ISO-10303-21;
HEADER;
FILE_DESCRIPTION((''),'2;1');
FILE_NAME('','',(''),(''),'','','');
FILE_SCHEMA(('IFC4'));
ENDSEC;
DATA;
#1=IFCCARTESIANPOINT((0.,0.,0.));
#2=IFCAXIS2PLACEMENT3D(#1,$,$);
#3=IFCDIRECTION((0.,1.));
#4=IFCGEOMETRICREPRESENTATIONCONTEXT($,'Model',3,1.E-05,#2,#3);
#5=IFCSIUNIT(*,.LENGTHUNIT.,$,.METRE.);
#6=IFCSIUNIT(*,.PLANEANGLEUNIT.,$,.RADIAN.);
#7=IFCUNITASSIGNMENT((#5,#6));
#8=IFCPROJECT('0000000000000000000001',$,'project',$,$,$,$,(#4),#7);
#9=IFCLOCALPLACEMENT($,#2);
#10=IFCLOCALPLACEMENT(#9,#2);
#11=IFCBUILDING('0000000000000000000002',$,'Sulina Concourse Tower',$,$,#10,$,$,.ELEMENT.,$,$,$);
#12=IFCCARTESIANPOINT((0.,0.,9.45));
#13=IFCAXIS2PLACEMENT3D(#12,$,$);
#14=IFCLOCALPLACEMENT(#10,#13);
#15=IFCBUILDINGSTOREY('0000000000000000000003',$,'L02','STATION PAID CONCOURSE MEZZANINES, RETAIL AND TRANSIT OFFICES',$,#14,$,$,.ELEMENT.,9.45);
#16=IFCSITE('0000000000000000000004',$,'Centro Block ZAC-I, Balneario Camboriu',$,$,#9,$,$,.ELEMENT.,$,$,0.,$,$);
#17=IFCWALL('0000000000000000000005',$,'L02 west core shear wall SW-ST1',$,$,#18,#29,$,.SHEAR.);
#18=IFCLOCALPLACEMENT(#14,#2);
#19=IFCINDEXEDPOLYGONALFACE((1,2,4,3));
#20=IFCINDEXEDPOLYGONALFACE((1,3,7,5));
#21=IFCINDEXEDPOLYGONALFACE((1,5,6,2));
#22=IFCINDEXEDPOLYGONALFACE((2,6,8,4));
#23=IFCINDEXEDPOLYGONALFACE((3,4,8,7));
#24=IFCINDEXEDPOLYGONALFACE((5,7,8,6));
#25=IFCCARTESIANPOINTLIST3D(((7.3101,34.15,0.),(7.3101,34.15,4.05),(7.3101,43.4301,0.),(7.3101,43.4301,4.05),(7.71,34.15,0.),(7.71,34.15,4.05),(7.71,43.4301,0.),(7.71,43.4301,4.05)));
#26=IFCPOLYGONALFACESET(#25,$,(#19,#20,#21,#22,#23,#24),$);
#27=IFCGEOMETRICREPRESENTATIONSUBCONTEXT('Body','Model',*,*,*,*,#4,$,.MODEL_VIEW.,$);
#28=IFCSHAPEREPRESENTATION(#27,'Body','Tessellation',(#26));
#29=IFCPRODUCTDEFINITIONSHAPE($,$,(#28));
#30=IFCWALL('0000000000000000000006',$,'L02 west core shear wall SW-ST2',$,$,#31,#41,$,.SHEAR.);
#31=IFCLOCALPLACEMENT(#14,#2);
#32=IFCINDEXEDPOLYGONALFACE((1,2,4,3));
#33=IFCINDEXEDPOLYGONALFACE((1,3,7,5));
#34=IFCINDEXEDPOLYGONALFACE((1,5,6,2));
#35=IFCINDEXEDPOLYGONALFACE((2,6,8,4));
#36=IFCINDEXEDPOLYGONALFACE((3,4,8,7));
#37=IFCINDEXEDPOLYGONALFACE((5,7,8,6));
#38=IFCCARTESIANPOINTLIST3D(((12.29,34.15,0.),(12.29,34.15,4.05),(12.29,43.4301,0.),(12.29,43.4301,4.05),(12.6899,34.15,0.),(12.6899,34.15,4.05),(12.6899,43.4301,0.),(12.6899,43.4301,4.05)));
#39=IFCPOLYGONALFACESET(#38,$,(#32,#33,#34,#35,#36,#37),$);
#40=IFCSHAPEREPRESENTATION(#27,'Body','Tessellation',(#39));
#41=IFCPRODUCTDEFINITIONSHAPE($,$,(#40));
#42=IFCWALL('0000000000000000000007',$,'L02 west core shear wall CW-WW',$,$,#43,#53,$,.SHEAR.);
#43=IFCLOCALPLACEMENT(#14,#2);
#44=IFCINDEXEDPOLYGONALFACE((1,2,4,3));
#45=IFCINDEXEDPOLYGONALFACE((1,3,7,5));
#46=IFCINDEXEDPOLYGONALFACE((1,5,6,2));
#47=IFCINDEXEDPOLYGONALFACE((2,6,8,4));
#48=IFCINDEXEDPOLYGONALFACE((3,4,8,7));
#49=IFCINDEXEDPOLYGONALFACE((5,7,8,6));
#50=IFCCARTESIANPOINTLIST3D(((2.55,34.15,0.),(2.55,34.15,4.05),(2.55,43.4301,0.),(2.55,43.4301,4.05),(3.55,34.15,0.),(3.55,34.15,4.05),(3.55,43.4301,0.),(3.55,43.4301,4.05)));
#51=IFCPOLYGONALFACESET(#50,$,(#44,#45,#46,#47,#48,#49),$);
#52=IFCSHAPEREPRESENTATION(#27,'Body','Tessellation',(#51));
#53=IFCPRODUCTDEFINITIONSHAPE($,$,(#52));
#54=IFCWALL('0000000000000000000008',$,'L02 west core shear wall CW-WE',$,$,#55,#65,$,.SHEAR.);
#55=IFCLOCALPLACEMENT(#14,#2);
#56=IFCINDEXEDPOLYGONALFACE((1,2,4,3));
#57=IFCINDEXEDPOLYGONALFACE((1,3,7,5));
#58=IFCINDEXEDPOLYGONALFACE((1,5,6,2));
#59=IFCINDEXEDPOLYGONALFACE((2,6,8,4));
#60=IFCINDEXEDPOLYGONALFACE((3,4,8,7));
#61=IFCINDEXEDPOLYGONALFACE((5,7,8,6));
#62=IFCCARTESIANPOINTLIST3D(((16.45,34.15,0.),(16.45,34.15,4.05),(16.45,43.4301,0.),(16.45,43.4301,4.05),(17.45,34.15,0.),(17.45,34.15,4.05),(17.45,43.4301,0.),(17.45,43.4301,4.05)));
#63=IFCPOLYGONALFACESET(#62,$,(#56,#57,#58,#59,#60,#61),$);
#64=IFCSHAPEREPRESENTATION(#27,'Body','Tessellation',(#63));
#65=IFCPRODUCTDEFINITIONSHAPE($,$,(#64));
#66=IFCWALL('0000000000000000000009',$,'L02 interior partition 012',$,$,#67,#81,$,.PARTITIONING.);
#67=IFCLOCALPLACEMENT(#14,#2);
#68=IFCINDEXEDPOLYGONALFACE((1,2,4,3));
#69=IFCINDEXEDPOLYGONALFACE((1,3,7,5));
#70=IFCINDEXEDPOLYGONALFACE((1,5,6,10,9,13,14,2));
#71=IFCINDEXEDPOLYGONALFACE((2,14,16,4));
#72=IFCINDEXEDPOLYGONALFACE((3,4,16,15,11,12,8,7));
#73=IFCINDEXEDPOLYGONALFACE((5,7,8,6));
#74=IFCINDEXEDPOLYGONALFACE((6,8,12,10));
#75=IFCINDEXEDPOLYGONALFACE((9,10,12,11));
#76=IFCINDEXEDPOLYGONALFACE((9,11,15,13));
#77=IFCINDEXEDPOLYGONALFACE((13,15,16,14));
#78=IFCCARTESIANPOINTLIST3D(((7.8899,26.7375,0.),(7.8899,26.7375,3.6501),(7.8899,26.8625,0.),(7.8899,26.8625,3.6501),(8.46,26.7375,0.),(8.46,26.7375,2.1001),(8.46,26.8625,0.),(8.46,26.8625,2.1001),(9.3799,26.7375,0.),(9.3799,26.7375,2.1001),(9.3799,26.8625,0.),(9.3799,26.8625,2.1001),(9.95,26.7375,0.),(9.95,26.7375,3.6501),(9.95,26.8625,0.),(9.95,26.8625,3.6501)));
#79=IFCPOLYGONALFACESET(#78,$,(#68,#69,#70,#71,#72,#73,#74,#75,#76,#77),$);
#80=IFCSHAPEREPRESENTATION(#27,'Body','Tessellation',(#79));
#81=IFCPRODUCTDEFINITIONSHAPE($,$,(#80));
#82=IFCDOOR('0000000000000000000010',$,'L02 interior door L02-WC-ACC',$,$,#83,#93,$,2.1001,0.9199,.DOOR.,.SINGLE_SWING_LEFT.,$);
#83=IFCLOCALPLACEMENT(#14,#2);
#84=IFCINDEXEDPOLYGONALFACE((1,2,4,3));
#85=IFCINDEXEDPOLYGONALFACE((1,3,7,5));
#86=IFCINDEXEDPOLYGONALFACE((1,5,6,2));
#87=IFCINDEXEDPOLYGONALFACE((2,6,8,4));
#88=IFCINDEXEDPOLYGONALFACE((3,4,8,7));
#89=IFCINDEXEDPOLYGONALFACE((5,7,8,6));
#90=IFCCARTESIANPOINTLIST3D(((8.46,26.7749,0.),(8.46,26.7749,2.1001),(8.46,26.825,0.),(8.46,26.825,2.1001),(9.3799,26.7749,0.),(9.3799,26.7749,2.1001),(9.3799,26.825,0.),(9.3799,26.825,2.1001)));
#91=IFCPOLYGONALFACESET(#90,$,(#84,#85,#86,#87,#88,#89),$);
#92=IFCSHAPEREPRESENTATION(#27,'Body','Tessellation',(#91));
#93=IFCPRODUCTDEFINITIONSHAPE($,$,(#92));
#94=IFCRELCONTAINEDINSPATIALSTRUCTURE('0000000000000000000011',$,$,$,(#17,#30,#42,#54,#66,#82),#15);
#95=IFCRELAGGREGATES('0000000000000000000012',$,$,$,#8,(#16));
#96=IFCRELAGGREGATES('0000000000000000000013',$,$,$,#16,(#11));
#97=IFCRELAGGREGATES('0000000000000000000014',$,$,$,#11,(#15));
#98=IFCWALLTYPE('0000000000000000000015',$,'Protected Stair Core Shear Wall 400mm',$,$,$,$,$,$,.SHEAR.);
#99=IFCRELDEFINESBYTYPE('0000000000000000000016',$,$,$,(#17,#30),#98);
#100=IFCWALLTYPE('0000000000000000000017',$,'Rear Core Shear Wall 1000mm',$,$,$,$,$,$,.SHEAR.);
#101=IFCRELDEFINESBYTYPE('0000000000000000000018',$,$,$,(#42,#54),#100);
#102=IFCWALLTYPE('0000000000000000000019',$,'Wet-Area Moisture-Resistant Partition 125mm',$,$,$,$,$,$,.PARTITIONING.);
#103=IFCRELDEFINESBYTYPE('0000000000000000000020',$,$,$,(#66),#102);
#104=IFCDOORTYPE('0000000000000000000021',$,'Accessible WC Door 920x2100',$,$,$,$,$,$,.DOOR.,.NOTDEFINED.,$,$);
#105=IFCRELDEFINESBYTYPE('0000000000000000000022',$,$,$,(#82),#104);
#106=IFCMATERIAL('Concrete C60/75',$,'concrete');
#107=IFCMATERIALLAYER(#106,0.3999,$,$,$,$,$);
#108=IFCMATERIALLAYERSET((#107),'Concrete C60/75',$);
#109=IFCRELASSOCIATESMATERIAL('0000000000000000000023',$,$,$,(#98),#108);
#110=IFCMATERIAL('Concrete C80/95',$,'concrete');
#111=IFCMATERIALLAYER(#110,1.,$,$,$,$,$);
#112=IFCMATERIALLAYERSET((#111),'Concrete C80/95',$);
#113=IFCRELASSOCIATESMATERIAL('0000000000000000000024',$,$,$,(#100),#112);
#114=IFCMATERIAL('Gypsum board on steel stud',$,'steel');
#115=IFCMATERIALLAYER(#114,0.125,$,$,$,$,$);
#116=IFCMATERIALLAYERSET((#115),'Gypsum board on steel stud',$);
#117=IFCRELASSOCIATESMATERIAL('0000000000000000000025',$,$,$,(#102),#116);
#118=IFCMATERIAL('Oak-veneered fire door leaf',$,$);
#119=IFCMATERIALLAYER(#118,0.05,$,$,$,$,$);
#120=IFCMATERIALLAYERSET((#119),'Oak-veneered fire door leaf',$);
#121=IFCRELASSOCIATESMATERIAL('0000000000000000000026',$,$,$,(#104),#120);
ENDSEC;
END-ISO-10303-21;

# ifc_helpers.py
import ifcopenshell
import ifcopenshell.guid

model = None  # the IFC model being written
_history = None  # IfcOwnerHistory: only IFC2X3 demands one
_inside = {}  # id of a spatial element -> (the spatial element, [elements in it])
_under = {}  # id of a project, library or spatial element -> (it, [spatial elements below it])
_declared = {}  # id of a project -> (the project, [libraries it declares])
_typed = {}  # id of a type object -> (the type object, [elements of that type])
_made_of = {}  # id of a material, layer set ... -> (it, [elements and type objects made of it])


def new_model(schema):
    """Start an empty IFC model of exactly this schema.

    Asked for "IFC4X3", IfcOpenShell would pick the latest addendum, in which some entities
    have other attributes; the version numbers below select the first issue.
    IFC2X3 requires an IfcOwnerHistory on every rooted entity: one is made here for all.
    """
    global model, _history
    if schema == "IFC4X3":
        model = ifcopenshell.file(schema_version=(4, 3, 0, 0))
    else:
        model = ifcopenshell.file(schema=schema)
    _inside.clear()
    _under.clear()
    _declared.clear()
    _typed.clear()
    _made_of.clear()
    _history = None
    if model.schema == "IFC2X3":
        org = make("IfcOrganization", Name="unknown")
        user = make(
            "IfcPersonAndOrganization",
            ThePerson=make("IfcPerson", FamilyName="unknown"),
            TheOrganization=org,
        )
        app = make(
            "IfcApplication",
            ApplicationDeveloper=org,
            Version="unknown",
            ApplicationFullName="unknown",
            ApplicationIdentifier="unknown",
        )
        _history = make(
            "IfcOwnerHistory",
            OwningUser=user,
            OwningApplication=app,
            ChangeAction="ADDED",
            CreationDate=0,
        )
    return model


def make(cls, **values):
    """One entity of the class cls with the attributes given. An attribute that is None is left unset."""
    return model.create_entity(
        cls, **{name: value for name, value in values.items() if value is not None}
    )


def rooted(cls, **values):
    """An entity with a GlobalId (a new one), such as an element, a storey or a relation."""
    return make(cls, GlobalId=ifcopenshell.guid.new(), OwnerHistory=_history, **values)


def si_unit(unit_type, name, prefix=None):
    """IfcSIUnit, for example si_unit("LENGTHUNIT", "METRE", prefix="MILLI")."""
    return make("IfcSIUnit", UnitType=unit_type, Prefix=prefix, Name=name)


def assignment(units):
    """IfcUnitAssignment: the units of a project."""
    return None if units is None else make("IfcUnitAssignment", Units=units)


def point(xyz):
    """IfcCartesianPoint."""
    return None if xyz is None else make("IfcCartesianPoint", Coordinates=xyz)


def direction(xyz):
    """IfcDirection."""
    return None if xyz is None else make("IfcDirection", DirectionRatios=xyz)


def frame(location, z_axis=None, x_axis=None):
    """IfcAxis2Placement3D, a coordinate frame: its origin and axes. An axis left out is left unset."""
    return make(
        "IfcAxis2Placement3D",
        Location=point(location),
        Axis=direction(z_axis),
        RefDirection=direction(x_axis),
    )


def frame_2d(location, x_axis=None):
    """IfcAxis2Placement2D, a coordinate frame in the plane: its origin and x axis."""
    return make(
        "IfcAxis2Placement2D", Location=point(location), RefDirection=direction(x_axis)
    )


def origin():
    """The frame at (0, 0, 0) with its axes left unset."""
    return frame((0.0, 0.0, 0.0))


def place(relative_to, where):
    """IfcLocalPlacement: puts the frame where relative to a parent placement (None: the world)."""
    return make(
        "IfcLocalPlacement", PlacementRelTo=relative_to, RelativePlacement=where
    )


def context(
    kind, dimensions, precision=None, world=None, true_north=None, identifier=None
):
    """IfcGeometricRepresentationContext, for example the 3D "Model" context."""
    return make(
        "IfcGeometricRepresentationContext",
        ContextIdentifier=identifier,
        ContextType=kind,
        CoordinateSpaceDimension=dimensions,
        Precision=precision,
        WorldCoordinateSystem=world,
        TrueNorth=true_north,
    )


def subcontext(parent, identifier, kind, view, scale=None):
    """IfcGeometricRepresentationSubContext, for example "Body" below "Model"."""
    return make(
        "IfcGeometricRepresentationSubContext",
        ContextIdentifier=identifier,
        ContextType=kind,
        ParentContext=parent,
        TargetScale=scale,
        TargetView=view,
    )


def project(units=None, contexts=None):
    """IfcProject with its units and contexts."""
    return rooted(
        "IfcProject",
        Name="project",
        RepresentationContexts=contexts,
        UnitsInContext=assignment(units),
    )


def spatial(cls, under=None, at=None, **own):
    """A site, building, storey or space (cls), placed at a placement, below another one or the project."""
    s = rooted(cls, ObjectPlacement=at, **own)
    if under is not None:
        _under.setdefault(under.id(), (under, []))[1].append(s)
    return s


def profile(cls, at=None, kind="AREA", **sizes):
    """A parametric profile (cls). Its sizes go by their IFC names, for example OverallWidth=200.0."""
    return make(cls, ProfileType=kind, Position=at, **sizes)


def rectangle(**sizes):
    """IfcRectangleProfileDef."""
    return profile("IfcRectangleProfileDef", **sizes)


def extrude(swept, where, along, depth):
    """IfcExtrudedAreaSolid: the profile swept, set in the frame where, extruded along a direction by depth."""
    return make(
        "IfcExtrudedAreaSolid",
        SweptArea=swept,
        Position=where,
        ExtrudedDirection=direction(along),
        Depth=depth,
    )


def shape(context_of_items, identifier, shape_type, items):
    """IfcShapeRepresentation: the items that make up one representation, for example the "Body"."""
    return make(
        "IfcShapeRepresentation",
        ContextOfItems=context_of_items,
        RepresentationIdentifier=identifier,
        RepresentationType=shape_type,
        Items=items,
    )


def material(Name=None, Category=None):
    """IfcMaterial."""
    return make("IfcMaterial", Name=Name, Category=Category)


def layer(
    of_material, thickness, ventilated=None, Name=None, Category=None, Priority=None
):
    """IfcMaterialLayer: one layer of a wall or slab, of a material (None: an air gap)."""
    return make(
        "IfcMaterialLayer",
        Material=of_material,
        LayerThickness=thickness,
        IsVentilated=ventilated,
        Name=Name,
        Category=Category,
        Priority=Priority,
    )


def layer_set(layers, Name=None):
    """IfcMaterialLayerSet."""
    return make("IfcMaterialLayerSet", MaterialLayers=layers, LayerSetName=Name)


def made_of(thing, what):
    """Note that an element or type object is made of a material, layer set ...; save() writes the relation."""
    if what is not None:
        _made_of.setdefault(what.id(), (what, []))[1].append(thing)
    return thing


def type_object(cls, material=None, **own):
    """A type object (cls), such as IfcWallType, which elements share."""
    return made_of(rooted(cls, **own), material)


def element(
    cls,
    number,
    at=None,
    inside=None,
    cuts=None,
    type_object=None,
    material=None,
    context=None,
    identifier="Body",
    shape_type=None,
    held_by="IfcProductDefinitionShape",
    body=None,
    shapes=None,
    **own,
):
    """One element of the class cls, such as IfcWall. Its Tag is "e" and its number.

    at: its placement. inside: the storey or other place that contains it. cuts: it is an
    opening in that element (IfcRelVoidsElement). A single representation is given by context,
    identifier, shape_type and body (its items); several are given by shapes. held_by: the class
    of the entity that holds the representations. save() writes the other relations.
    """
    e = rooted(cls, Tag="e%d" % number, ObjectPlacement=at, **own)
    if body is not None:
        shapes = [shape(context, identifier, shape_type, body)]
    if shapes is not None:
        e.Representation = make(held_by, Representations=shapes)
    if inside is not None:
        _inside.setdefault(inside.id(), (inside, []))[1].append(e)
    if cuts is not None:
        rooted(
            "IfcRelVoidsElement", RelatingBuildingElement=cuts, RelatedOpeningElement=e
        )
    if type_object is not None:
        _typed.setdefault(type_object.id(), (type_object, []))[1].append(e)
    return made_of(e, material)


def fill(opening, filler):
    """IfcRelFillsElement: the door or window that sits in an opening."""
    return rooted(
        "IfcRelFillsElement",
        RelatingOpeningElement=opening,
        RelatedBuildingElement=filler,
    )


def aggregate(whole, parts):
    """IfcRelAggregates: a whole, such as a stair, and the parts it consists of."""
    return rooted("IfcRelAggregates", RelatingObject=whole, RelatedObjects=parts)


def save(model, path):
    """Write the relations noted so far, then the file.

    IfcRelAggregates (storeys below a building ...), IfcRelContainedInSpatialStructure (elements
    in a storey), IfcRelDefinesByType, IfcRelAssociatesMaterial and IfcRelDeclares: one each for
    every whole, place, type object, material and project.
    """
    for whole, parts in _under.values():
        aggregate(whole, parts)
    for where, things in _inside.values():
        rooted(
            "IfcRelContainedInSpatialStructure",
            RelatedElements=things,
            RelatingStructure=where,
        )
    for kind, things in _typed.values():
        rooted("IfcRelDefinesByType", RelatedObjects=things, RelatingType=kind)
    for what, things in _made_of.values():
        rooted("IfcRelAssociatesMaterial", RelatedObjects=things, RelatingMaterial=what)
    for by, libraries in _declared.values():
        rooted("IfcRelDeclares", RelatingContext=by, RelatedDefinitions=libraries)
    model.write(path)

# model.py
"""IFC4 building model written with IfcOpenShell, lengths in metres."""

from ifc_helpers import new_model, si_unit, direction, frame, frame_2d, origin, place, context, subcontext, project, spatial, rectangle, extrude, material, layer, layer_set, type_object, element, fill, save


model = new_model("IFC4")

# Units and contexts
model_context = context("Model", 3, precision=1e-05, world=origin(), true_north=direction((0.0, 1.0)))
body_context = subcontext(model_context, "Body", "Model", "MODEL_VIEW")
ifc_project = project(units=[si_unit("LENGTHUNIT", "METRE"), si_unit("PLANEANGLEUNIT", "RADIAN")], contexts=[model_context])

# Site, building, storey
site_placement = place(None, origin())
site = spatial("IfcSite", under=ifc_project, at=site_placement, Name="Centro Block ZAC-I, Balneario Camboriu", CompositionType="ELEMENT", RefElevation=0.0)
building_placement = place(site_placement, origin())
building = spatial("IfcBuilding", under=site, at=building_placement, Name="Sulina Concourse Tower", CompositionType="ELEMENT")
storey_placement = place(building_placement, frame((0.0, 0.0, 9.45)))
storey = spatial("IfcBuildingStorey", under=building, at=storey_placement, Name="L02", Description="STATION PAID CONCOURSE MEZZANINES, RETAIL AND TRANSIT OFFICES", CompositionType="ELEMENT", Elevation=9.45)

# Shared definitions
ifc_material_1 = material(Name="Concrete C60/75", Category="concrete")
ifc_layer_1 = layer(ifc_material_1, 0.3999)
ifc_layer_set_1 = layer_set([ifc_layer_1], Name="Concrete C60/75")
wall_type_1 = type_object("IfcWallType", Name="Protected Stair Core Shear Wall 400mm", PredefinedType="SHEAR", material=ifc_layer_set_1)

# Walls
for number, where, z_axis, x_axis, name in (
    (1, (7.51, 34.1499, 0.0), (0.0, 0.0, 1.0), (0.0, 1.0, 0.0), "L02 west core shear wall SW-ST1"),
    (2, (12.49, 34.1499, 0.0), (0.0, 0.0, 1.0), (0.0, 1.0, 0.0), "L02 west core shear wall SW-ST2"),
):
    element("IfcWall", number, at=place(storey_placement, frame(where, z_axis=z_axis, x_axis=x_axis)), inside=storey, type_object=wall_type_1, Name=name, PredefinedType="SHEAR", context=body_context, shape_type="SweptSolid", body=[
        extrude(rectangle(XDim=9.28, YDim=0.3999, at=frame_2d((4.6401, 0.0))), origin(), (0.0, 0.0, 1.0), 4.05),
    ])
ifc_material_2 = material(Name="Concrete C80/95", Category="concrete")
ifc_layer_2 = layer(ifc_material_2, 1.0)
ifc_layer_set_2 = layer_set([ifc_layer_2], Name="Concrete C80/95")
wall_type_2 = type_object("IfcWallType", Name="Rear Core Shear Wall 1000mm", PredefinedType="SHEAR", material=ifc_layer_set_2)
for number, where, z_axis, x_axis, name in (
    (3, (3.05, 34.1499, 0.0), (0.0, 0.0, 1.0), (0.0, 1.0, 0.0), "L02 west core shear wall CW-WW"),
    (4, (16.95, 34.1499, 0.0), (0.0, 0.0, 1.0), (0.0, 1.0, 0.0), "L02 west core shear wall CW-WE"),
):
    element("IfcWall", number, at=place(storey_placement, frame(where, z_axis=z_axis, x_axis=x_axis)), inside=storey, type_object=wall_type_2, Name=name, PredefinedType="SHEAR", context=body_context, shape_type="SweptSolid", body=[
        extrude(rectangle(XDim=9.28, YDim=1.0, at=frame_2d((4.6401, 0.0))), origin(), (0.0, 0.0, 1.0), 4.05),
    ])

# Wall, opening, door
ifc_material_3 = material(Name="Gypsum board on steel stud", Category="steel")
ifc_layer_3 = layer(ifc_material_3, 0.125)
ifc_layer_set_3 = layer_set([ifc_layer_3], Name="Gypsum board on steel stud")
wall_type_3 = type_object("IfcWallType", Name="Wet-Area Moisture-Resistant Partition 125mm", PredefinedType="PARTITIONING", material=ifc_layer_set_3)
wall_1_placement = place(storey_placement, frame((7.8899, 26.8, 0.0), z_axis=(0.0, 0.0, 1.0), x_axis=(1.0, 0.0, 0.0)))
wall_1 = element("IfcWall", 5, at=wall_1_placement, inside=storey, type_object=wall_type_3, Name="L02 interior partition 012", PredefinedType="PARTITIONING", context=body_context, shape_type="SweptSolid", body=[
    extrude(rectangle(XDim=2.0601, YDim=0.125, at=frame_2d((1.03, 0.0))), origin(), (0.0, 0.0, 1.0), 3.6501),
])
opening_1_placement = place(wall_1_placement, frame((0.5701, 0.0, 0.0)))
opening_1 = element("IfcOpeningElement", 6, at=opening_1_placement, cuts=wall_1, PredefinedType="OPENING", context=body_context, shape_type="SweptSolid", body=[
    extrude(rectangle(XDim=0.9199, YDim=2.1001, at=frame_2d((0.46, 1.05))), frame((0.0, 0.0725, 0.0), z_axis=(0.0, -1.0, 0.0), x_axis=(1.0, 0.0, 0.0)), (0.0, 0.0, 1.0), 0.145),
])
ifc_material_4 = material(Name="Oak-veneered fire door leaf")
ifc_layer_4 = layer(ifc_material_4, 0.05)
ifc_layer_set_4 = layer_set([ifc_layer_4], Name="Oak-veneered fire door leaf")
door_type_1 = type_object("IfcDoorType", Name="Accessible WC Door 920x2100", OperationType="NOTDEFINED", PredefinedType="DOOR", material=ifc_layer_set_4)
door_1_placement = place(opening_1_placement, origin())
door_1 = element("IfcDoor", 7, at=door_1_placement, inside=storey, type_object=door_type_1, Name="L02 interior door L02-WC-ACC", OperationType="SINGLE_SWING_LEFT", OverallHeight=2.1001, OverallWidth=0.9199, PredefinedType="DOOR", context=body_context, shape_type="SweptSolid", body=[
    extrude(rectangle(XDim=0.9199, YDim=2.1001, at=frame_2d((0.46, 1.05))), frame((0.0, 0.0249, 0.0), z_axis=(0.0, -1.0, 0.0), x_axis=(1.0, 0.0, 0.0)), (0.0, 0.0, 1.0), 0.05),
])
fill(opening_1, door_1)

save(model, "model.ifc")
